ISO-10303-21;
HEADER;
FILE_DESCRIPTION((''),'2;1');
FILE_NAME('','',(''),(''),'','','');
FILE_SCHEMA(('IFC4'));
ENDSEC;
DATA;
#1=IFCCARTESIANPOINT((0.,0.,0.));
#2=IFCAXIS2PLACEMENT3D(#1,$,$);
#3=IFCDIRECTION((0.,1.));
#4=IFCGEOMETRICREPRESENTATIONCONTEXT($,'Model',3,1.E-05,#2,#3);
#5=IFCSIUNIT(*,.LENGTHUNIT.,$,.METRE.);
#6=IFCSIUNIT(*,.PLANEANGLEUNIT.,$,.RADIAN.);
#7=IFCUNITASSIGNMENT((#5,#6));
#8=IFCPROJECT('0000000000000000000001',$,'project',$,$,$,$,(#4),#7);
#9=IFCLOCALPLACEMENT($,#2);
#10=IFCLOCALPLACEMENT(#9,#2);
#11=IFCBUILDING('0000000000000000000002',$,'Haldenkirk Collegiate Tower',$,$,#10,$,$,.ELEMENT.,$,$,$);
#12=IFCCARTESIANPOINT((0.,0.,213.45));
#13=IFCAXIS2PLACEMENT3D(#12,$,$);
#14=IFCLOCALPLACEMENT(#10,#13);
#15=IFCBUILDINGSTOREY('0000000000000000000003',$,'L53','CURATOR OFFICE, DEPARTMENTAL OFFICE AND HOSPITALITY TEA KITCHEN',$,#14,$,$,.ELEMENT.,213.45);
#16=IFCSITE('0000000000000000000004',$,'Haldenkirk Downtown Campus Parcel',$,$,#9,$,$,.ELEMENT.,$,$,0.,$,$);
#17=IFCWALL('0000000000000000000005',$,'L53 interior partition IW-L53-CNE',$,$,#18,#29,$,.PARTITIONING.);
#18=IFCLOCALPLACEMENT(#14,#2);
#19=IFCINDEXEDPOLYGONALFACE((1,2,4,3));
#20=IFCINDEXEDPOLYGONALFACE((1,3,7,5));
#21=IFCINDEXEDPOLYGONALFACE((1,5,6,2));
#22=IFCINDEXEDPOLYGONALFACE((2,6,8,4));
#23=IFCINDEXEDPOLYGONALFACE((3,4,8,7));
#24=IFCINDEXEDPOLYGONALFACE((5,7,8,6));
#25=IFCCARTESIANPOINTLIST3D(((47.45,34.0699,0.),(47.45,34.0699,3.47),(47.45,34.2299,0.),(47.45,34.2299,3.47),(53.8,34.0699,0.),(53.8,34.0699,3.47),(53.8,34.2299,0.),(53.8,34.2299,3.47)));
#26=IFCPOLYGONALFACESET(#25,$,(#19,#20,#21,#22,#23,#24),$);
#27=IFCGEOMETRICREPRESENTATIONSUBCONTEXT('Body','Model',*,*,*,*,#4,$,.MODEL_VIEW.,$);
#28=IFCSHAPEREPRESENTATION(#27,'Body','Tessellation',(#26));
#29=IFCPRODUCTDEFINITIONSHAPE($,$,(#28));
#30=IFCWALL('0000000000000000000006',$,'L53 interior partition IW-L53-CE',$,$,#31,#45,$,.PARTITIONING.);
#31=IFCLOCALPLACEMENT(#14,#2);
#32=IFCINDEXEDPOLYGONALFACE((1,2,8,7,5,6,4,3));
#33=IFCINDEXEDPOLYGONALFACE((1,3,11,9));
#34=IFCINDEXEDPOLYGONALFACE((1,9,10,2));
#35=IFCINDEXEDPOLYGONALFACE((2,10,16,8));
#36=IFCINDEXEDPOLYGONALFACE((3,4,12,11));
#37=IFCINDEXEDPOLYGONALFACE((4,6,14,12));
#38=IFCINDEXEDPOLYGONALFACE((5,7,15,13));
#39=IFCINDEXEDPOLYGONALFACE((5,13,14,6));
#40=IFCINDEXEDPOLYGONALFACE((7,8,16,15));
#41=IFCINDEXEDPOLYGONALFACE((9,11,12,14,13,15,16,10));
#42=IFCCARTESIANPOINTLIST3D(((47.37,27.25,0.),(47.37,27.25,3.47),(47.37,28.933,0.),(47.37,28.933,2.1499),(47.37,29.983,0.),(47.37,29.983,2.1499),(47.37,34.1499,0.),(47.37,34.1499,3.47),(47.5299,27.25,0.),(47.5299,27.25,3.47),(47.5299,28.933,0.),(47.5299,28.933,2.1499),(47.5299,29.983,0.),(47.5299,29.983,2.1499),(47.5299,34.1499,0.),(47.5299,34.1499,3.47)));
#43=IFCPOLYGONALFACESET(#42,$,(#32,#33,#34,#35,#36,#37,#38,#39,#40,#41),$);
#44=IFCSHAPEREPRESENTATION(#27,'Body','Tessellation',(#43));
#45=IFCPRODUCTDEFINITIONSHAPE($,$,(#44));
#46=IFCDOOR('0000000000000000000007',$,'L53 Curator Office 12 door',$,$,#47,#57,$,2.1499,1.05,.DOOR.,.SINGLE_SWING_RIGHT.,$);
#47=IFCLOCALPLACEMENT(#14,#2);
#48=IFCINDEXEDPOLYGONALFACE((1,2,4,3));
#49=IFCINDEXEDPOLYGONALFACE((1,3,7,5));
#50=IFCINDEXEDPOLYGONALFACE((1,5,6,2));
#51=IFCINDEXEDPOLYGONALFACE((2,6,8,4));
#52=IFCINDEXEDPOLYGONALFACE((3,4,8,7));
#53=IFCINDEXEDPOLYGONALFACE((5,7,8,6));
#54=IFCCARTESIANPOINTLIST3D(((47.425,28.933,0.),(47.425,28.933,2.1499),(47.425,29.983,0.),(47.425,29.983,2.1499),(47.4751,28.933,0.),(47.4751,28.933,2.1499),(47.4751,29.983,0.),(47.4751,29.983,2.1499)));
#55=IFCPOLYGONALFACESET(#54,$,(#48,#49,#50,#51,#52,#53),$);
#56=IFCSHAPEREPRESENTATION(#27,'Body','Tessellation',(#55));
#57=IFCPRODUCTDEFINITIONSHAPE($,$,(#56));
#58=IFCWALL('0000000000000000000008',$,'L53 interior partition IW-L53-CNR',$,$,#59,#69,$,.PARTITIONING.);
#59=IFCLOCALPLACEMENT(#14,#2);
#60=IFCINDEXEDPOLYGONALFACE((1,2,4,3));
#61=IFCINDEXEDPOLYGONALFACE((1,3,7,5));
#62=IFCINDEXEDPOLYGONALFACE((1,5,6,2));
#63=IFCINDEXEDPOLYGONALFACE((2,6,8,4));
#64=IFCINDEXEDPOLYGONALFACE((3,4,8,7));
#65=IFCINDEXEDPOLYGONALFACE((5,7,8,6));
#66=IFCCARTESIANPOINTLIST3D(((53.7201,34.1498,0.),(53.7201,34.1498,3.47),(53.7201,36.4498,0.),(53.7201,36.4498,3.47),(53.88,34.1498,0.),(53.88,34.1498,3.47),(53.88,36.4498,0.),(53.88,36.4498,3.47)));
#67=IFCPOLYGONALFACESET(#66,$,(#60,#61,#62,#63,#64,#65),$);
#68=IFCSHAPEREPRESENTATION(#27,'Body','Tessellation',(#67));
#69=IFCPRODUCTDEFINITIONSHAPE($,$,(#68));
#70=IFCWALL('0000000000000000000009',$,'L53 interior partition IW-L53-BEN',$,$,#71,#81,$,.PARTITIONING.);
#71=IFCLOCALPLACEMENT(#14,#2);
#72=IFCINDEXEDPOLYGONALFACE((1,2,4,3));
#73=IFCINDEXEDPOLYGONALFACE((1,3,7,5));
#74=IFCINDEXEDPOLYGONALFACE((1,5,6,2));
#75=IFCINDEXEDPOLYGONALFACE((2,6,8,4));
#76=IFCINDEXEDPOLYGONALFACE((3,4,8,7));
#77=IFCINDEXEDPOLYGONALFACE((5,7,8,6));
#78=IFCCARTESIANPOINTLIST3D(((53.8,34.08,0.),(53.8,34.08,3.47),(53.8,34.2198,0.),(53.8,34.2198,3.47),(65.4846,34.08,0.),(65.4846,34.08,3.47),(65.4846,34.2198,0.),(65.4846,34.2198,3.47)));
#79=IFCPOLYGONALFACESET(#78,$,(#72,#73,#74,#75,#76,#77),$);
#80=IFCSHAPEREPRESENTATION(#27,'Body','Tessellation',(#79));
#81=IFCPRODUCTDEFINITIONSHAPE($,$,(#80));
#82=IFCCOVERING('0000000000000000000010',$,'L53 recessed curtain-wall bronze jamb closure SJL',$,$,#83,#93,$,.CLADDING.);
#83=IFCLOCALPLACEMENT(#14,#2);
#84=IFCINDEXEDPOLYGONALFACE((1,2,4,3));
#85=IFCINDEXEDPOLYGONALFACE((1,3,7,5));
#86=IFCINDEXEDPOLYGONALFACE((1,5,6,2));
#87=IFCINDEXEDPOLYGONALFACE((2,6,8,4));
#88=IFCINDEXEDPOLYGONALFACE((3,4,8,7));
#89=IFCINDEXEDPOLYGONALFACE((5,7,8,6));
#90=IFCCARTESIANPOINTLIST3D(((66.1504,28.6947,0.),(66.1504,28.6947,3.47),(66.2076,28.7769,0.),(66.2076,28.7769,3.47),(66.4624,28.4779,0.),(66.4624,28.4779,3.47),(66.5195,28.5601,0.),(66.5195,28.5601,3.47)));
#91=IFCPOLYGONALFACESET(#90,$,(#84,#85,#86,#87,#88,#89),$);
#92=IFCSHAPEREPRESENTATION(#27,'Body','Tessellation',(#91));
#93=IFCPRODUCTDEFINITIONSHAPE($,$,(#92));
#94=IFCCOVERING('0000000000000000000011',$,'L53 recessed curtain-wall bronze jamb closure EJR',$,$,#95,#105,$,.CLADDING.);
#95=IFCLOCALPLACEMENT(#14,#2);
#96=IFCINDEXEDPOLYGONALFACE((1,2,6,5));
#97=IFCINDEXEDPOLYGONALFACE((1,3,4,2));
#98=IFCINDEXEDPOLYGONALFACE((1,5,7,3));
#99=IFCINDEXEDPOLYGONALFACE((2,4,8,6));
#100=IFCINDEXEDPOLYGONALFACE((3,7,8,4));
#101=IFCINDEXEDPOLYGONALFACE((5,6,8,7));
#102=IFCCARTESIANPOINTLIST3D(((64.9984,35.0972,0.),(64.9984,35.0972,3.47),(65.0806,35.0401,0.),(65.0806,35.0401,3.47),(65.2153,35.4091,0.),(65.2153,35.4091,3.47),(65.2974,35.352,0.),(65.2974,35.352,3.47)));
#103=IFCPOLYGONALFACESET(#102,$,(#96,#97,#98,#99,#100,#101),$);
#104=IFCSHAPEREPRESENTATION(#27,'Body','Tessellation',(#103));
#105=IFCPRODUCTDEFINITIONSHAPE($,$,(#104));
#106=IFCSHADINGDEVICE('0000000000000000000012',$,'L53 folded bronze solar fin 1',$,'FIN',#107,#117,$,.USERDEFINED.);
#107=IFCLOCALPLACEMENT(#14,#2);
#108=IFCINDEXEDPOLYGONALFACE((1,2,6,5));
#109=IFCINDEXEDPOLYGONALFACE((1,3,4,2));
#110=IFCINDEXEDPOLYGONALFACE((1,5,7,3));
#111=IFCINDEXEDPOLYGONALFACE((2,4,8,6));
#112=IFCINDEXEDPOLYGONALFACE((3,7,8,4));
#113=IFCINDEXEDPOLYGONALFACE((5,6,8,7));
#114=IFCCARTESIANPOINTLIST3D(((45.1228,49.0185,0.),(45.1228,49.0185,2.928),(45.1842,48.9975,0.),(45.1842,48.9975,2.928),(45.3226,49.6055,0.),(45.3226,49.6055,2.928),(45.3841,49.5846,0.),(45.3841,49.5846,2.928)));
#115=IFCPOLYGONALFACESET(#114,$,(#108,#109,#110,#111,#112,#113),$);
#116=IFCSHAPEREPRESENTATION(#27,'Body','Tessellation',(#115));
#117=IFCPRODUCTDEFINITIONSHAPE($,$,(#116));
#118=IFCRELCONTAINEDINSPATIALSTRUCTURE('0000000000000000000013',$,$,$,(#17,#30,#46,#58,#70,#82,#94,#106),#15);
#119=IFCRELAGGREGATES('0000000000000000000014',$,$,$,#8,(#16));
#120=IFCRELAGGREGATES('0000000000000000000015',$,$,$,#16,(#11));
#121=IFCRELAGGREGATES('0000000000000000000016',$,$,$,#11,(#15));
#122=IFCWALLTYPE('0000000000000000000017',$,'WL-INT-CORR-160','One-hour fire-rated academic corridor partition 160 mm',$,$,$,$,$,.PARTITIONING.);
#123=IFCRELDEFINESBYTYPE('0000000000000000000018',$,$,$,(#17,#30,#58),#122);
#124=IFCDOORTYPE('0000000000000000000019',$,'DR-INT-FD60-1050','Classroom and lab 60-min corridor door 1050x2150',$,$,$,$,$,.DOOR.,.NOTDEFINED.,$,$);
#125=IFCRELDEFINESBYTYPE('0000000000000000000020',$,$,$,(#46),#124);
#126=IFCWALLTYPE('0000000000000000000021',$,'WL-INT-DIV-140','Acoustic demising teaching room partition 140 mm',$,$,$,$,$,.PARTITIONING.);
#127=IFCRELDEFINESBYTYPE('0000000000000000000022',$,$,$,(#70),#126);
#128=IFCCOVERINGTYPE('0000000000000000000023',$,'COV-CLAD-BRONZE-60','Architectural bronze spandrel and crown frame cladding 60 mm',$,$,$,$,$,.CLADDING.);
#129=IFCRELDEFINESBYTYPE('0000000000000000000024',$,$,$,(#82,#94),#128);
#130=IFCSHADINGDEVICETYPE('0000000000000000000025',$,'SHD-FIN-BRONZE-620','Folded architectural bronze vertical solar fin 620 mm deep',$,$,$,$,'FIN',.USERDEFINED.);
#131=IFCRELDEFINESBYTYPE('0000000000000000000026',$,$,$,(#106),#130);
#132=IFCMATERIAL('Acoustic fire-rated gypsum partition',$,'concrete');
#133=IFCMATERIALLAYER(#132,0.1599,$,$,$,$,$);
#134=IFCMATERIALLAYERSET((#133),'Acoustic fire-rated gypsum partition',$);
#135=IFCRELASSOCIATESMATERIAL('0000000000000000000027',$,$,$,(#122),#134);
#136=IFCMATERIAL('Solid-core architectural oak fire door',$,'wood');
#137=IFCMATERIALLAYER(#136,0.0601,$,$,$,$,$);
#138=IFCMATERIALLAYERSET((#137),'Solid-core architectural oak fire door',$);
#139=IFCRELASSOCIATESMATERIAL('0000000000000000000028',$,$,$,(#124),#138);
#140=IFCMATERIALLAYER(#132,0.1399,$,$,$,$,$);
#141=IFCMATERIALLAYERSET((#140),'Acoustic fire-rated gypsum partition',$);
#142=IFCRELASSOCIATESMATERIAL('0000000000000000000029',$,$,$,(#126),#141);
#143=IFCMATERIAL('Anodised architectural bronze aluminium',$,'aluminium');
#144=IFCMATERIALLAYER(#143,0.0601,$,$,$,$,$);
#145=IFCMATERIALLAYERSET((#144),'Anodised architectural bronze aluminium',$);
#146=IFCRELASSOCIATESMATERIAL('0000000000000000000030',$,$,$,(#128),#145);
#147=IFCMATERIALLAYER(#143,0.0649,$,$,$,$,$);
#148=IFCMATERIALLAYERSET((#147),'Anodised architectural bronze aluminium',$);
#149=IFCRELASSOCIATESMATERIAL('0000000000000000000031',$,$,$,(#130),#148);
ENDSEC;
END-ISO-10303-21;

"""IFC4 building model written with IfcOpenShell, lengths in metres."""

from ifc_helpers import new_model, si_unit, direction, frame, frame_2d, origin, origin_2d, place, context, subcontext, project, spatial, rectangle, extrude, source, transform, mapped, material, layer, layer_set, type_object, element, fill, save


model = new_model("IFC4")

# Units and contexts
model_context = context("Model", 3, precision=1e-05, world=origin(), true_north=direction((0.0, 1.0)))
body_context = subcontext(model_context, "Body", "Model", "MODEL_VIEW")
ifc_project = project(units=[si_unit("LENGTHUNIT", "METRE"), si_unit("PLANEANGLEUNIT", "RADIAN")], contexts=[model_context])

# Site, building, storey
site_placement = place(None, origin())
site = spatial("IfcSite", under=ifc_project, at=site_placement, Name="Haldenkirk Downtown Campus Parcel", CompositionType="ELEMENT", RefElevation=0.0)
building_placement = place(site_placement, origin())
building = spatial("IfcBuilding", under=site, at=building_placement, Name="Haldenkirk Collegiate Tower", CompositionType="ELEMENT")
storey_placement = place(building_placement, frame((0.0, 0.0, 213.45)))
storey = spatial("IfcBuildingStorey", under=building, at=storey_placement, Name="L53", Description="CURATOR OFFICE, DEPARTMENTAL OFFICE AND HOSPITALITY TEA KITCHEN", CompositionType="ELEMENT", Elevation=213.45)

# Shared definitions
ifc_material_1 = material(Name="Anodised architectural bronze aluminium", Category="aluminium")

# Wall
ifc_material_2 = material(Name="Acoustic fire-rated gypsum partition", Category="concrete")
ifc_layer_1 = layer(ifc_material_2, 0.1599)
ifc_layer_set_1 = layer_set([ifc_layer_1], Name="Acoustic fire-rated gypsum partition")
wall_type_1 = type_object("IfcWallType", Name="WL-INT-CORR-160", Description="One-hour fire-rated academic corridor partition 160 mm", PredefinedType="PARTITIONING", material=ifc_layer_set_1)
wall_1_placement = place(storey_placement, frame((47.45, 34.1499, 0.0), z_axis=(0.0, 0.0, 1.0), x_axis=(1.0, 0.0, 0.0)))
element("IfcWall", 1, at=wall_1_placement, inside=storey, type_object=wall_type_1, Name="L53 interior partition IW-L53-CNE", PredefinedType="PARTITIONING", context=body_context, shape_type="SweptSolid", body=[
    extrude(rectangle(XDim=6.3501, YDim=0.1599, at=frame_2d((3.175, 0.0))), origin(), (0.0, 0.0, 1.0), 3.47),
])

# Wall, opening, door
wall_2_placement = place(storey_placement, frame((47.45, 27.25, 0.0), z_axis=(0.0, 0.0, 1.0), x_axis=(0.0, 1.0, 0.0)))
wall_2 = element("IfcWall", 2, at=wall_2_placement, inside=storey, type_object=wall_type_1, Name="L53 interior partition IW-L53-CE", PredefinedType="PARTITIONING", context=body_context, shape_type="SweptSolid", body=[
    extrude(rectangle(XDim=6.8999, YDim=0.1599, at=frame_2d((3.45, 0.0))), origin(), (0.0, 0.0, 1.0), 3.47),
])
opening_placement = place(wall_2_placement, frame((1.6831, 0.0, 0.0)))
opening = element("IfcOpeningElement", 3, at=opening_placement, cuts=wall_2, PredefinedType="OPENING", context=body_context, shape_type="SweptSolid", body=[
    extrude(rectangle(XDim=1.05, YDim=2.1499, at=frame_2d((0.5249, 1.075))), frame((0.0, 0.0898, 0.0), z_axis=(0.0, -1.0, 0.0), x_axis=(1.0, 0.0, 0.0)), (0.0, 0.0, 1.0), 0.1799),
])
ifc_material_3 = material(Name="Solid-core architectural oak fire door", Category="wood")
ifc_layer_2 = layer(ifc_material_3, 0.0601)
ifc_layer_set_2 = layer_set([ifc_layer_2], Name="Solid-core architectural oak fire door")
door_type = type_object("IfcDoorType", Name="DR-INT-FD60-1050", Description="Classroom and lab 60-min corridor door 1050x2150", OperationType="NOTDEFINED", PredefinedType="DOOR", material=ifc_layer_set_2)
door_placement = place(opening_placement, origin())
door = element("IfcDoor", 4, at=door_placement, inside=storey, type_object=door_type, Name="L53 Curator Office 12 door", OperationType="SINGLE_SWING_RIGHT", OverallHeight=2.1499, OverallWidth=1.05, PredefinedType="DOOR", context=body_context, shape_type="SweptSolid", body=[
    extrude(rectangle(XDim=1.05, YDim=2.1499, at=frame_2d((0.5249, 1.075))), frame((0.0, 0.0249, 0.0), z_axis=(0.0, -1.0, 0.0), x_axis=(1.0, 0.0, 0.0)), (0.0, 0.0, 1.0), 0.05),
])
fill(opening, door)

# Walls
wall_3_placement = place(storey_placement, frame((53.8, 34.1499, 0.0), z_axis=(0.0, 0.0, 1.0), x_axis=(0.0, 1.0, 0.0)))
element("IfcWall", 5, at=wall_3_placement, inside=storey, type_object=wall_type_1, Name="L53 interior partition IW-L53-CNR", PredefinedType="PARTITIONING", context=body_context, shape_type="SweptSolid", body=[
    extrude(rectangle(XDim=2.3, YDim=0.1599, at=frame_2d((1.1499, 0.0))), origin(), (0.0, 0.0, 1.0), 3.47),
])
ifc_layer_3 = layer(ifc_material_2, 0.1399)
ifc_layer_set_3 = layer_set([ifc_layer_3], Name="Acoustic fire-rated gypsum partition")
wall_type_2 = type_object("IfcWallType", Name="WL-INT-DIV-140", Description="Acoustic demising teaching room partition 140 mm", PredefinedType="PARTITIONING", material=ifc_layer_set_3)
wall_4_placement = place(storey_placement, frame((53.8, 34.1499, 0.0), z_axis=(0.0, 0.0, 1.0), x_axis=(1.0, 0.0, 0.0)))
element("IfcWall", 6, at=wall_4_placement, inside=storey, type_object=wall_type_2, Name="L53 interior partition IW-L53-BEN", PredefinedType="PARTITIONING", context=body_context, shape_type="SweptSolid", body=[
    extrude(rectangle(XDim=11.6846, YDim=0.1399, at=frame_2d((5.8423, 0.0))), origin(), (0.0, 0.0, 1.0), 3.47),
])

# Coverings
ifc_layer_4 = layer(ifc_material_1, 0.0601)
ifc_layer_set_4 = layer_set([ifc_layer_4], Name="Anodised architectural bronze aluminium")
covering_type = type_object("IfcCoveringType", Name="COV-CLAD-BRONZE-60", Description="Architectural bronze spandrel and crown frame cladding 60 mm", PredefinedType="CLADDING", material=ifc_layer_set_4)
shared_shape_1 = source(origin(), body_context, "Body", "SweptSolid", [
    extrude(rectangle(XDim=0.1001, YDim=0.3799, at=origin_2d()), origin(), (0.0, 0.0, 1.0), 3.47),
])
for number, where, z_axis, x_axis, name in (
    (7, (66.335, 28.6274, 0.0), (0.0, 0.0, 1.0), (-0.570714, -0.821149, 0.0), "L53 recessed curtain-wall bronze jamb closure SJL"),
    (8, (65.1479, 35.2246, 0.0), (0.0, 0.0, 1.0), (0.821149, -0.570714, 0.0), "L53 recessed curtain-wall bronze jamb closure EJR"),
):
    element("IfcCovering", number, at=place(storey_placement, frame(where, z_axis=z_axis, x_axis=x_axis)), inside=storey, type_object=covering_type, Name=name, PredefinedType="CLADDING", context=body_context, shape_type="MappedRepresentation", body=[
        mapped(shared_shape_1, transform((0.0, 0.0, 0.0), x_axis=(1.0, 0.0, 0.0), y_axis=(0.0, 1.0, 0.0), z_axis=(0.0, 0.0, 1.0), scale=1.0)),
    ])

# Shading device
ifc_layer_5 = layer(ifc_material_1, 0.0649)
ifc_layer_set_5 = layer_set([ifc_layer_5], Name="Anodised architectural bronze aluminium")
shading_device_type = type_object("IfcShadingDeviceType", Name="SHD-FIN-BRONZE-620", Description="Folded architectural bronze vertical solar fin 620 mm deep", ElementType="FIN", PredefinedType="USERDEFINED", material=ifc_layer_set_5)
shared_shape_2 = source(origin(), body_context, "Body", "SweptSolid", [
    extrude(rectangle(XDim=0.6201, YDim=0.0649, at=origin_2d()), origin(), (0.0, 0.0, 1.0), 2.928),
])
shading_device_placement = place(storey_placement, frame((45.2534, 49.3015, 0.0), z_axis=(0.0, 0.0, 1.0), x_axis=(0.322266, 0.946649, 0.0)))
element("IfcShadingDevice", 9, at=shading_device_placement, inside=storey, type_object=shading_device_type, Name="L53 folded bronze solar fin 1", ObjectType="FIN", PredefinedType="USERDEFINED", context=body_context, shape_type="MappedRepresentation", body=[
    mapped(shared_shape_2, transform((0.0, 0.0, 0.0), x_axis=(1.0, 0.0, 0.0), y_axis=(0.0, 1.0, 0.0), z_axis=(0.0, 0.0, 1.0), scale=1.0)),
])

save(model, "model.ifc")
